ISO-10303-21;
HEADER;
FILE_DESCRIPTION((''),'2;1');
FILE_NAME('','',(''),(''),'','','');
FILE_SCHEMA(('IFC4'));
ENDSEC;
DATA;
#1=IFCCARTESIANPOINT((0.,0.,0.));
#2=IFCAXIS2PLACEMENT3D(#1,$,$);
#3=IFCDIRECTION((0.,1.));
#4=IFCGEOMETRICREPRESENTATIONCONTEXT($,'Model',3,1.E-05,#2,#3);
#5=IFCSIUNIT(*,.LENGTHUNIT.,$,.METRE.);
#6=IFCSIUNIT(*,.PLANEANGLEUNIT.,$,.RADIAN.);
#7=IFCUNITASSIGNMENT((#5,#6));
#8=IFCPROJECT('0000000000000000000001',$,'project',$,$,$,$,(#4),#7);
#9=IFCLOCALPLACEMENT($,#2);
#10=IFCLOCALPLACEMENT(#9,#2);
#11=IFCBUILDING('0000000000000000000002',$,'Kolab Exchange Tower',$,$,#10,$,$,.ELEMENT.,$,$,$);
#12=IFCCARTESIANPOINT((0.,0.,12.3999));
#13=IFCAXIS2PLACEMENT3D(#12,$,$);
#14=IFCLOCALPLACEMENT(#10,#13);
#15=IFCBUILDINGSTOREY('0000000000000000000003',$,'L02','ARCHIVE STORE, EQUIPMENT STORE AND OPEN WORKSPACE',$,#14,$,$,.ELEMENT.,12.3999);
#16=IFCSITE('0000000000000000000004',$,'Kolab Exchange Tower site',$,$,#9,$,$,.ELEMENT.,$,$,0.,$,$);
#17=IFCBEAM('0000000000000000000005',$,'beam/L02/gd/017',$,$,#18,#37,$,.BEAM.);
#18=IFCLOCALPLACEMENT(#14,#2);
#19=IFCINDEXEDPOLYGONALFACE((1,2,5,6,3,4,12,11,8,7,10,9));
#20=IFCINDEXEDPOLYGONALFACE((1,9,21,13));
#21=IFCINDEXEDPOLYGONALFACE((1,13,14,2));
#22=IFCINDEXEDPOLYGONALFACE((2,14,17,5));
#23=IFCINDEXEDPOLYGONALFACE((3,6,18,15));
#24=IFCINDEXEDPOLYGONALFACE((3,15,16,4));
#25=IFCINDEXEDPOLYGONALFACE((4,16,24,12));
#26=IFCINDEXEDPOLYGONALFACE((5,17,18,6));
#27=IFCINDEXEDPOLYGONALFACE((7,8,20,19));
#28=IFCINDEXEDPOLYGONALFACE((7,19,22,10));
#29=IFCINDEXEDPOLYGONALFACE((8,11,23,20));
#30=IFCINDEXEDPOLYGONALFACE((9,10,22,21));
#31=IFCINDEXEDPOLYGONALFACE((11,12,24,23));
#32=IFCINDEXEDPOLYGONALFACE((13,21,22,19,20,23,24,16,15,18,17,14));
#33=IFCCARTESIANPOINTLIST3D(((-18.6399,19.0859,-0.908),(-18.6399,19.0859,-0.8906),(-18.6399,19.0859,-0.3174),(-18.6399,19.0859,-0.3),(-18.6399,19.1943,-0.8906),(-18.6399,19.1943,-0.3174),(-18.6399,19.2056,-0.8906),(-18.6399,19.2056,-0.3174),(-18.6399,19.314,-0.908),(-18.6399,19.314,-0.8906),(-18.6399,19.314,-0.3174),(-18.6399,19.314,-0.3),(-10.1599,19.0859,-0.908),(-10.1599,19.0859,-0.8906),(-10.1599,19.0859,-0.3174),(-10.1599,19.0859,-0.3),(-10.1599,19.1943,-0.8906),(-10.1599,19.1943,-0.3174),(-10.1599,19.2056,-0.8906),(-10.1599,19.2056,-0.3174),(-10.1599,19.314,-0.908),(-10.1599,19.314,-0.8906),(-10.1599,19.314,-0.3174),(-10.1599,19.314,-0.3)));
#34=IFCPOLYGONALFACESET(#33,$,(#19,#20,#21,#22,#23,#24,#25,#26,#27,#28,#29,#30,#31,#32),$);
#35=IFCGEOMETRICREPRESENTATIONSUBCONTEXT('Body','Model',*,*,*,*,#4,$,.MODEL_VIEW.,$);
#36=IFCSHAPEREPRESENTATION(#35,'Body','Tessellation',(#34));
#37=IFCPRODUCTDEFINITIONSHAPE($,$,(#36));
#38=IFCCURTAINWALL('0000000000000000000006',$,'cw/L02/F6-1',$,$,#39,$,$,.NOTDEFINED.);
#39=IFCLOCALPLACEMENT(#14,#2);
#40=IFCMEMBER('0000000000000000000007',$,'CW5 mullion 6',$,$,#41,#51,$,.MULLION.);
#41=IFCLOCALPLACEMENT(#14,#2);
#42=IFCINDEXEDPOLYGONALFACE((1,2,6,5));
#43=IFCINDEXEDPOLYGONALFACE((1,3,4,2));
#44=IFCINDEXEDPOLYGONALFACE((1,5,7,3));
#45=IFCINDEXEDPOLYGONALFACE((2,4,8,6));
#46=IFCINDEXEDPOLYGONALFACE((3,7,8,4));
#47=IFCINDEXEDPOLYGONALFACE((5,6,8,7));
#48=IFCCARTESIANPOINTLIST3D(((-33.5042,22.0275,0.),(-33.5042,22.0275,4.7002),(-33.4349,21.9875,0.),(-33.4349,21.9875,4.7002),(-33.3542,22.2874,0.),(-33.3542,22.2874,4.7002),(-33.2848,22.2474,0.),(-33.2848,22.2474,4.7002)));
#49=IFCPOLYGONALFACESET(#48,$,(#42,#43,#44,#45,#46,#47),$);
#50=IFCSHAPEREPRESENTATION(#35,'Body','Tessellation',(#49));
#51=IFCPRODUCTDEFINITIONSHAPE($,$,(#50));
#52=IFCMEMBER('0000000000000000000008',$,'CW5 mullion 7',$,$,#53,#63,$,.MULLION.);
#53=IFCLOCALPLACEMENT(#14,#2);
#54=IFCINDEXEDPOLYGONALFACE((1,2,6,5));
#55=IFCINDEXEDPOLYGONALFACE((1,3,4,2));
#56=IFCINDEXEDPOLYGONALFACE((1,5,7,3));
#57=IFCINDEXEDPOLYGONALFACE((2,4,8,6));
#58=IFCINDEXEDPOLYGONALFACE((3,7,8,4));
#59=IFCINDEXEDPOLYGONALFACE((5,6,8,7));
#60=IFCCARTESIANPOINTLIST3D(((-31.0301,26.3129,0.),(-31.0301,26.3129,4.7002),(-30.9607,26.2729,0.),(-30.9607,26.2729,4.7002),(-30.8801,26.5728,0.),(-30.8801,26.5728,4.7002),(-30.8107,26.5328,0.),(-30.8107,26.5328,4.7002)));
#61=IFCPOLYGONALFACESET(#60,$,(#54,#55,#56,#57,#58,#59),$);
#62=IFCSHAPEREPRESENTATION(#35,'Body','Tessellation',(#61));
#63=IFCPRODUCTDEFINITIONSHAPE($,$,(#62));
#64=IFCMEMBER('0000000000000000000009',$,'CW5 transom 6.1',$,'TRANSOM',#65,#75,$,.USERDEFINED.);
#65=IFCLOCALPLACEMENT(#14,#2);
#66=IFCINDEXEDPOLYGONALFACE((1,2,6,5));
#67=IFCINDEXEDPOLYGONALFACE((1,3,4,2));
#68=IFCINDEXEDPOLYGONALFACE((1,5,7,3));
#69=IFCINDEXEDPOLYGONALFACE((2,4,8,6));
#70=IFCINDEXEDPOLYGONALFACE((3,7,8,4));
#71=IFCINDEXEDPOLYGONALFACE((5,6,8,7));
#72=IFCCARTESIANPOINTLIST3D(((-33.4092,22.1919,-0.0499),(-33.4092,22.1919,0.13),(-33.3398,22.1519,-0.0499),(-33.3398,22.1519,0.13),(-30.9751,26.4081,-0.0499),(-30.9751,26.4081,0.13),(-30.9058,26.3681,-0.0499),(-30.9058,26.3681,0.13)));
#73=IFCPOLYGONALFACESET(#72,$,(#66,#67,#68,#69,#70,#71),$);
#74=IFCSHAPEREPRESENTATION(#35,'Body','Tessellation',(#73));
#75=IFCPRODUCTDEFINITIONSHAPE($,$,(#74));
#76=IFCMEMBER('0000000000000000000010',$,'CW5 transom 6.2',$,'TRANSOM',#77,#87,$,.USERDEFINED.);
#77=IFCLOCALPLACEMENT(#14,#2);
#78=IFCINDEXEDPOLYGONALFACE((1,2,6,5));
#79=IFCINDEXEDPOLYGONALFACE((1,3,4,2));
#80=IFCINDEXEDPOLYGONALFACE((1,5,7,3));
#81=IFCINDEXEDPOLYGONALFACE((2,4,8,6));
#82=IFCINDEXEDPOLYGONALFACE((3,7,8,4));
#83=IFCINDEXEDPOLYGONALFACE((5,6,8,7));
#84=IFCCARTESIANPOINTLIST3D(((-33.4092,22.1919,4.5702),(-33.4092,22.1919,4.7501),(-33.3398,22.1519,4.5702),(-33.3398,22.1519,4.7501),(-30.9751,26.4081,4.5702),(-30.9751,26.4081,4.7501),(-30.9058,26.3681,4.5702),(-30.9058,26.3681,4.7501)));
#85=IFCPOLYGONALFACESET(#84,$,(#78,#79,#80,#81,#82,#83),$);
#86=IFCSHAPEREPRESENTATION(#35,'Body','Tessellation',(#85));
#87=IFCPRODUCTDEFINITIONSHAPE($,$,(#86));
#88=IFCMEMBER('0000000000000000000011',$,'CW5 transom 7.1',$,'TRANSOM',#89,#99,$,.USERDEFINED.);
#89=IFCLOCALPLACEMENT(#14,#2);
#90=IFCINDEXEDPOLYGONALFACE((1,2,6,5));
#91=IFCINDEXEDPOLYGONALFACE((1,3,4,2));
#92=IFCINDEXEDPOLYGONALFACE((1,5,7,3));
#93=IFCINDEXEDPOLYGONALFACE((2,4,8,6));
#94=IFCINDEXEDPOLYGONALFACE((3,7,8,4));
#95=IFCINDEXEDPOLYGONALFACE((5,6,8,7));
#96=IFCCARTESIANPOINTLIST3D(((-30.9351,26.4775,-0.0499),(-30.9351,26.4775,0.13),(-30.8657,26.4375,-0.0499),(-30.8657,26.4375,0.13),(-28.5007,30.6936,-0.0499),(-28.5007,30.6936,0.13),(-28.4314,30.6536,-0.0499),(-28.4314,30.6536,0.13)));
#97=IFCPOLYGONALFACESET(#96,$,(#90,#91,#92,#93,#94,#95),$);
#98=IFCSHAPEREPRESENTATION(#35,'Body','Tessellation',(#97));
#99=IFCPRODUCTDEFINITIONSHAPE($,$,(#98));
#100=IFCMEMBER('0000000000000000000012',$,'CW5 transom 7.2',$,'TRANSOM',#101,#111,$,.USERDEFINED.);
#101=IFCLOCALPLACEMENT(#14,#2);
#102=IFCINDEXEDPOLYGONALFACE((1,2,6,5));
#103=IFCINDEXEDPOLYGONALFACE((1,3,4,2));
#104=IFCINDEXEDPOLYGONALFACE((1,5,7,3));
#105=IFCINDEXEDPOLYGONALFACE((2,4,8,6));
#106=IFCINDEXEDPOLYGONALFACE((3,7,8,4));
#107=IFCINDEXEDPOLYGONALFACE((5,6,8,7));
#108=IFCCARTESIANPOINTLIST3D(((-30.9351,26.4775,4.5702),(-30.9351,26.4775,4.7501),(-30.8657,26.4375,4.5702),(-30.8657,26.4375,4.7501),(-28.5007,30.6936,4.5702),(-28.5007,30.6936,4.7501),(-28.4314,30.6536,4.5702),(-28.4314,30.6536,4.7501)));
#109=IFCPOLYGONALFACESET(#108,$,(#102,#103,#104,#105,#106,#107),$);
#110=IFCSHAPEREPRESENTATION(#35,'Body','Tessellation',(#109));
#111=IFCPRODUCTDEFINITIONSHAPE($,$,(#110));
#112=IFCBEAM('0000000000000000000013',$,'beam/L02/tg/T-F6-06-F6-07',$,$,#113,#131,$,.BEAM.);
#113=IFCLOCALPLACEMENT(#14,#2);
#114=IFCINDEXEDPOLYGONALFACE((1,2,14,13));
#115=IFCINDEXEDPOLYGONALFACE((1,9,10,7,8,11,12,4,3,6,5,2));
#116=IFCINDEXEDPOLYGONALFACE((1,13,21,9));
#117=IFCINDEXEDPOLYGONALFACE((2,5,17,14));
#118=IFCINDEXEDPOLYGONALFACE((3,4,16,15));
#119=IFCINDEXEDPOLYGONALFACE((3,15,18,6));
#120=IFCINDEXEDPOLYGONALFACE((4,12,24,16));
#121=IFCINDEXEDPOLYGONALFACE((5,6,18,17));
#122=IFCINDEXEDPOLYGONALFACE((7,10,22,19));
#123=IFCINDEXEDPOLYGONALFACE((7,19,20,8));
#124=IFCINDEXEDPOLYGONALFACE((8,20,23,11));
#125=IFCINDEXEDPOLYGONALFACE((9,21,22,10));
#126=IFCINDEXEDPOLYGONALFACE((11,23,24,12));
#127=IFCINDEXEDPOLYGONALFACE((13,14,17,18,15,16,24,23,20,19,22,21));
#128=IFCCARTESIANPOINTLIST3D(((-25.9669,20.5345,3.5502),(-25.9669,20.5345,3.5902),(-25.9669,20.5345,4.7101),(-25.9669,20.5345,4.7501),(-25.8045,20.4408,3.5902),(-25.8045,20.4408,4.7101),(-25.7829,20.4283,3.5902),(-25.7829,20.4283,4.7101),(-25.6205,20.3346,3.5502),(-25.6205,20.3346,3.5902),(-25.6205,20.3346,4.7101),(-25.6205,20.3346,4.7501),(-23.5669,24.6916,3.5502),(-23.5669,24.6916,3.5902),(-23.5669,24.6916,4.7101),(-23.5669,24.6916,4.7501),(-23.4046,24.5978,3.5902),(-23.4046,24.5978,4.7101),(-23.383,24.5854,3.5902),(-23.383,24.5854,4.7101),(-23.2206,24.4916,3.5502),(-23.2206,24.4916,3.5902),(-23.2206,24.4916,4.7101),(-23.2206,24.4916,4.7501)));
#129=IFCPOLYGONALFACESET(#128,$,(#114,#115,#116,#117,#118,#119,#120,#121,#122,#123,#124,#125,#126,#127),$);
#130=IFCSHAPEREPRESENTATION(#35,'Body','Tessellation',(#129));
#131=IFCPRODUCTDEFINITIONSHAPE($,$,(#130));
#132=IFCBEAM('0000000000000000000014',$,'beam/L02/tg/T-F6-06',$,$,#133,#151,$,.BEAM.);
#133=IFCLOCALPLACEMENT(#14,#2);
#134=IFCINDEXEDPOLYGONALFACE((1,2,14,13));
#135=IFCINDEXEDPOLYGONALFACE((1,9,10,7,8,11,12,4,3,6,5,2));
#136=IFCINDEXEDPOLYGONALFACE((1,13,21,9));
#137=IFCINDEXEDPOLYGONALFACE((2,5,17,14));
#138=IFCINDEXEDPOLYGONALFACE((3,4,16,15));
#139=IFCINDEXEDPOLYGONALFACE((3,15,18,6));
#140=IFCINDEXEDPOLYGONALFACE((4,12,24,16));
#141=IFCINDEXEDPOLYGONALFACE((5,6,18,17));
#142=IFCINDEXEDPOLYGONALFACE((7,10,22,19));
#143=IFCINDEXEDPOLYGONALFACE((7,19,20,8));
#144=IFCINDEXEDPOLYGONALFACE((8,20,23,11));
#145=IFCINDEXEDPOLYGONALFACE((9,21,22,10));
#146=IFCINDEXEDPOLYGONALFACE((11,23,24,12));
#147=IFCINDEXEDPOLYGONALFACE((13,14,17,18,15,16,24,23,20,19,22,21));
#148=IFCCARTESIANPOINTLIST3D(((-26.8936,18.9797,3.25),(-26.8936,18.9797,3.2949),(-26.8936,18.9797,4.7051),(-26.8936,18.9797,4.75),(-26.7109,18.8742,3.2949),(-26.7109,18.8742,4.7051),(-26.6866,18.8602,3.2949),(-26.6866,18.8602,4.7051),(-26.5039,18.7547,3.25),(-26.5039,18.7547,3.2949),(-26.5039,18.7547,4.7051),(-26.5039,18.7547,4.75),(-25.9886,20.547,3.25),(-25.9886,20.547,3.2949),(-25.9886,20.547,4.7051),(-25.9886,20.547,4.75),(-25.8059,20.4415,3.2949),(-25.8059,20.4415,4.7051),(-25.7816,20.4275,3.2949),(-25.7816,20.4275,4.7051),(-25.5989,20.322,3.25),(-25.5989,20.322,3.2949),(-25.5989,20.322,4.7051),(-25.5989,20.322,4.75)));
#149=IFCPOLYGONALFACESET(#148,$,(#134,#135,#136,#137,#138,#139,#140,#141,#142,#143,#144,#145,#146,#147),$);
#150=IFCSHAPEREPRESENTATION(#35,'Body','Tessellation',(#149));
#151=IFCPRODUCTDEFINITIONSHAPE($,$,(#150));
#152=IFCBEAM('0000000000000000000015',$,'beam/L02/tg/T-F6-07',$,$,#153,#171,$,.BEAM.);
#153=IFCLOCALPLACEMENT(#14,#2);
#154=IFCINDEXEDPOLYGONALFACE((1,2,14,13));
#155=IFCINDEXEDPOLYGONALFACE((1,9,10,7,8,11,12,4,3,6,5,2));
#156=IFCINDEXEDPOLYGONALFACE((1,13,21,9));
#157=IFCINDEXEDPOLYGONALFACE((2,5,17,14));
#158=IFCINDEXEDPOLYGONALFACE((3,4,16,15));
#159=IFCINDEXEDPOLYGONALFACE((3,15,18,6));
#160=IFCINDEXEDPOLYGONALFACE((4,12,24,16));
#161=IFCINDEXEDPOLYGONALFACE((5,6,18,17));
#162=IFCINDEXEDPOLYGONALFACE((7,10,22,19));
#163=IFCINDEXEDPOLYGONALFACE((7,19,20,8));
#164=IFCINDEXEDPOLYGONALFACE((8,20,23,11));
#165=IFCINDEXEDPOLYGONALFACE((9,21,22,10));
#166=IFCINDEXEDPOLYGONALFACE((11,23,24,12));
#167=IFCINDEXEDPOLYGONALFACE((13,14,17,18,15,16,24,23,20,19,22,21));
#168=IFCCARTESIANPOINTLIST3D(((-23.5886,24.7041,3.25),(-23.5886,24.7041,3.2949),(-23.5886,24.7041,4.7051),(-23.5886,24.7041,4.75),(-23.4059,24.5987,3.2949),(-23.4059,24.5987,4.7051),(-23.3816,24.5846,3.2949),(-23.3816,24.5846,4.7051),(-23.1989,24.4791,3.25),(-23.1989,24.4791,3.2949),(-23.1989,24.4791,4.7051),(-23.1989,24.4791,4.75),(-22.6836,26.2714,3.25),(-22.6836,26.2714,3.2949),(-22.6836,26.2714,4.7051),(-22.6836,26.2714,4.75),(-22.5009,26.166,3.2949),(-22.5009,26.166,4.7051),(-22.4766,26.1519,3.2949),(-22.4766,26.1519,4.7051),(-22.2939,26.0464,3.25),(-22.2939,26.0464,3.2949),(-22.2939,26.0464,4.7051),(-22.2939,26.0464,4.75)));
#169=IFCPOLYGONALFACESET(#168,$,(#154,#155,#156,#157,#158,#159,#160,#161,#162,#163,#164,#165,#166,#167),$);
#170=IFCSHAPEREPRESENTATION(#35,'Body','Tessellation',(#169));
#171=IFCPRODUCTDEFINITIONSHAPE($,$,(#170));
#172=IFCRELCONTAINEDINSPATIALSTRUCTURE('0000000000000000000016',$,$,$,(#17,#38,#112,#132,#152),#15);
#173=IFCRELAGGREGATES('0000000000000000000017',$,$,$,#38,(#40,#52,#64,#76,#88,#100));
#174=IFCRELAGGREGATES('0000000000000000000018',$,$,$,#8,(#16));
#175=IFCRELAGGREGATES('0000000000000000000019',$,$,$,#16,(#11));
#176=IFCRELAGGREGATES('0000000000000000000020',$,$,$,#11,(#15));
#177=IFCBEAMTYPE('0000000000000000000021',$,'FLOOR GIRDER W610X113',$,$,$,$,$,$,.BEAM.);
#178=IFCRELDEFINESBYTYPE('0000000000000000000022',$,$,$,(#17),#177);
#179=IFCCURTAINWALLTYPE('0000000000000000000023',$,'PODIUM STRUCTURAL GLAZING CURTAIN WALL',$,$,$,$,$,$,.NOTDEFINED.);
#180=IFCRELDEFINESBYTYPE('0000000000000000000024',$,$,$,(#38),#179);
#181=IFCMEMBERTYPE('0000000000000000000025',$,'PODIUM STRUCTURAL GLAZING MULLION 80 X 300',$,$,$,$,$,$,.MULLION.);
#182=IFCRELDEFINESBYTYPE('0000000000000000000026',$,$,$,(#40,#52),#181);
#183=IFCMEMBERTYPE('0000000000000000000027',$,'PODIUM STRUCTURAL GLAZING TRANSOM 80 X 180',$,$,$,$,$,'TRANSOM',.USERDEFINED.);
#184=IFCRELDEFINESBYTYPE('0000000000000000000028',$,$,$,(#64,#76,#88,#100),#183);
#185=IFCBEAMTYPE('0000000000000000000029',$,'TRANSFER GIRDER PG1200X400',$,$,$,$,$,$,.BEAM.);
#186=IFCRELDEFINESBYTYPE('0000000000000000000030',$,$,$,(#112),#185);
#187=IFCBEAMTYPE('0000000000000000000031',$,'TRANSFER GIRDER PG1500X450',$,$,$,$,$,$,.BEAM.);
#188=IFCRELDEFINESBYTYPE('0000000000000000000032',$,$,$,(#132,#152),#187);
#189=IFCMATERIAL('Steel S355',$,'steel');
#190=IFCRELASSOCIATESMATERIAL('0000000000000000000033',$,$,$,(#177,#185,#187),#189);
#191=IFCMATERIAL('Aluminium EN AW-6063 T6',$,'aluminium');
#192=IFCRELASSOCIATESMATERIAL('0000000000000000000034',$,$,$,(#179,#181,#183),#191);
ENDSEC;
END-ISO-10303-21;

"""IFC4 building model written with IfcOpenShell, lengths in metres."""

from ifc_helpers import new_model, si_unit, direction, frame, origin, origin_2d, place, context, subcontext, project, spatial, rectangle, i_section, extrude, material, material_profile, profile_set, type_object, element, aggregate, save


model = new_model("IFC4")

# Units and contexts
model_context = context("Model", 3, precision=1e-05, world=origin(), true_north=direction((0.0, 1.0)))
body_context = subcontext(model_context, "Body", "Model", "MODEL_VIEW")
ifc_project = project(units=[si_unit("LENGTHUNIT", "METRE"), si_unit("PLANEANGLEUNIT", "RADIAN")], contexts=[model_context])

# Site, building, storey
site_placement = place(None, origin())
site = spatial("IfcSite", under=ifc_project, at=site_placement, Name="Kolab Exchange Tower site", CompositionType="ELEMENT", RefElevation=0.0)
building_placement = place(site_placement, origin())
building = spatial("IfcBuilding", under=site, at=building_placement, Name="Kolab Exchange Tower", CompositionType="ELEMENT")
storey_placement = place(building_placement, frame((0.0, 0.0, 12.3999)))
storey = spatial("IfcBuildingStorey", under=building, at=storey_placement, Name="L02", Description="ARCHIVE STORE, EQUIPMENT STORE AND OPEN WORKSPACE", CompositionType="ELEMENT", Elevation=12.3999)

# Beam
ifc_material_1 = material(Name="Steel S355", Category="steel")
ifc_material_profile_1 = material_profile(ifc_material_1, i_section(OverallWidth=0.228, OverallDepth=0.6079, WebThickness=0.0112, FlangeThickness=0.0173, at=origin_2d()), Name="W610X113")
ifc_profile_set_1 = profile_set([ifc_material_profile_1], Name="Steel S355")
beam_type_1 = type_object("IfcBeamType", Name="FLOOR GIRDER W610X113", PredefinedType="BEAM", material=ifc_profile_set_1)
beam_1_placement = place(storey_placement, frame((-18.6399, 19.2, -0.604), z_axis=(1.0, 0.0, 0.0), x_axis=(0.0, 1.0, 0.0)))
element("IfcBeam", 1, at=beam_1_placement, inside=storey, type_object=beam_type_1, Name="beam/L02/gd/017", PredefinedType="BEAM", context=body_context, shape_type="SweptSolid", body=[
    extrude(i_section(OverallWidth=0.228, OverallDepth=0.6079, WebThickness=0.0112, FlangeThickness=0.0173, at=origin_2d()), origin(), (0.0, 0.0, 1.0), 8.48),
])

# Curtain wall, members
ifc_material_2 = material(Name="Aluminium EN AW-6063 T6", Category="aluminium")
curtain_wall_type = type_object("IfcCurtainWallType", Name="PODIUM STRUCTURAL GLAZING CURTAIN WALL", PredefinedType="NOTDEFINED", material=ifc_material_2)
curtain_wall_placement = place(storey_placement, origin())
curtain_wall = element("IfcCurtainWall", 2, at=curtain_wall_placement, inside=storey, type_object=curtain_wall_type, Name="cw/L02/F6-1", PredefinedType="NOTDEFINED")
ifc_material_profile_2 = material_profile(ifc_material_2, rectangle(XDim=0.0801, YDim=0.3, at=origin_2d()), Name="RECT 80X300")
ifc_profile_set_2 = profile_set([ifc_material_profile_2], Name="Aluminium EN AW-6063 T6")
member_type_1 = type_object("IfcMemberType", Name="PODIUM STRUCTURAL GLAZING MULLION 80 X 300", PredefinedType="MULLION", material=ifc_profile_set_2)
member_1_placement = place(storey_placement, frame((-33.3945, 22.1375, 0.0), z_axis=(0.0, 0.0, 1.0), x_axis=(-0.866025, 0.5, 0.0)))
member_1 = element("IfcMember", 3, at=member_1_placement, type_object=member_type_1, Name="CW5 mullion 6", PredefinedType="MULLION", context=body_context, shape_type="SweptSolid", body=[
    extrude(rectangle(XDim=0.0801, YDim=0.3, at=origin_2d()), origin(), (0.0, 0.0, 1.0), 4.7002),
])
member_2_placement = place(storey_placement, frame((-30.9204, 26.4229, 0.0), z_axis=(0.0, 0.0, 1.0), x_axis=(-0.866025, 0.5, 0.0)))
member_2 = element("IfcMember", 4, at=member_2_placement, type_object=member_type_1, Name="CW5 mullion 7", PredefinedType="MULLION", context=body_context, shape_type="SweptSolid", body=[
    extrude(rectangle(XDim=0.0801, YDim=0.3, at=origin_2d()), origin(), (0.0, 0.0, 1.0), 4.7002),
])
ifc_material_profile_3 = material_profile(ifc_material_2, rectangle(XDim=0.0801, YDim=0.1799, at=origin_2d()), Name="RECT 80X180")
ifc_profile_set_3 = profile_set([ifc_material_profile_3], Name="Aluminium EN AW-6063 T6")
member_type_2 = type_object("IfcMemberType", Name="PODIUM STRUCTURAL GLAZING TRANSOM 80 X 180", ElementType="TRANSOM", PredefinedType="USERDEFINED", material=ifc_profile_set_3)
member_3_placement = place(storey_placement, frame((-33.3745, 22.1719, 0.04), z_axis=(0.499968, 0.866044, 0.0), x_axis=(-0.866044, 0.499968, 0.0)))
member_3 = element("IfcMember", 5, at=member_3_placement, type_object=member_type_2, Name="CW5 transom 6.1", ObjectType="TRANSOM", PredefinedType="USERDEFINED", context=body_context, shape_type="SweptSolid", body=[
    extrude(rectangle(XDim=0.0801, YDim=0.1799, at=origin_2d()), origin(), (0.0, 0.0, 1.0), 4.8684),
])
member_4_placement = place(storey_placement, frame((-33.3745, 22.1719, 4.6602), z_axis=(0.499968, 0.866044, 0.0), x_axis=(-0.866044, 0.499968, 0.0)))
member_4 = element("IfcMember", 6, at=member_4_placement, type_object=member_type_2, Name="CW5 transom 6.2", ObjectType="TRANSOM", PredefinedType="USERDEFINED", context=body_context, shape_type="SweptSolid", body=[
    extrude(rectangle(XDim=0.0801, YDim=0.1799, at=origin_2d()), origin(), (0.0, 0.0, 1.0), 4.8684),
])
member_5_placement = place(storey_placement, frame((-30.9004, 26.4575, 0.04), z_axis=(0.500028, 0.866009, 0.0), x_axis=(-0.866009, 0.500028, 0.0)))
member_5 = element("IfcMember", 7, at=member_5_placement, type_object=member_type_2, Name="CW5 transom 7.1", ObjectType="TRANSOM", PredefinedType="USERDEFINED", context=body_context, shape_type="SweptSolid", body=[
    extrude(rectangle(XDim=0.0801, YDim=0.1799, at=origin_2d()), origin(), (0.0, 0.0, 1.0), 4.8684),
])
member_6_placement = place(storey_placement, frame((-30.9004, 26.4575, 4.6602), z_axis=(0.500028, 0.866009, 0.0), x_axis=(-0.866009, 0.500028, 0.0)))
member_6 = element("IfcMember", 8, at=member_6_placement, type_object=member_type_2, Name="CW5 transom 7.2", ObjectType="TRANSOM", PredefinedType="USERDEFINED", context=body_context, shape_type="SweptSolid", body=[
    extrude(rectangle(XDim=0.0801, YDim=0.1799, at=origin_2d()), origin(), (0.0, 0.0, 1.0), 4.8684),
])

# Beams
ifc_material_profile_4 = material_profile(ifc_material_1, i_section(OverallWidth=0.3999, OverallDepth=1.2, WebThickness=0.0249, FlangeThickness=0.04, at=origin_2d()), Name="PG1200X400")
ifc_profile_set_4 = profile_set([ifc_material_profile_4], Name="Steel S355")
beam_type_2 = type_object("IfcBeamType", Name="TRANSFER GIRDER PG1200X400", PredefinedType="BEAM", material=ifc_profile_set_4)
beam_2_placement = place(storey_placement, frame((-25.7937, 20.4346, 4.1501), z_axis=(0.499979, 0.866037, 0.0), x_axis=(-0.866037, 0.499979, 0.0)))
element("IfcBeam", 9, at=beam_2_placement, inside=storey, type_object=beam_type_2, Name="beam/L02/tg/T-F6-06-F6-07", PredefinedType="BEAM", context=body_context, shape_type="SweptSolid", body=[
    extrude(i_section(OverallWidth=0.3999, OverallDepth=1.2, WebThickness=0.0249, FlangeThickness=0.04, at=origin_2d()), origin(), (0.0, 0.0, 1.0), 4.8),
])
ifc_material_profile_5 = material_profile(ifc_material_1, i_section(OverallWidth=0.45, OverallDepth=1.5, WebThickness=0.0281, FlangeThickness=0.0449, at=origin_2d()), Name="PG1500X450")
ifc_profile_set_5 = profile_set([ifc_material_profile_5], Name="Steel S355")
beam_type_3 = type_object("IfcBeamType", Name="TRANSFER GIRDER PG1500X450", PredefinedType="BEAM", material=ifc_profile_set_5)
for number, where, z_axis, x_axis, name in (
    (10, (-26.6987, 18.8672, 4.0), (0.500042, 0.866001, 0.0), (-0.866001, 0.500042, 0.0), "beam/L02/tg/T-F6-06"),
    (11, (-22.4888, 26.1589, 4.0), (-0.500042, -0.866001, 0.0), (0.866001, -0.500042, 0.0), "beam/L02/tg/T-F6-07"),
):
    element("IfcBeam", number, at=place(storey_placement, frame(where, z_axis=z_axis, x_axis=x_axis)), inside=storey, type_object=beam_type_3, Name=name, PredefinedType="BEAM", context=body_context, shape_type="SweptSolid", body=[
        extrude(i_section(OverallWidth=0.45, OverallDepth=1.5, WebThickness=0.0281, FlangeThickness=0.0449, at=origin_2d()), origin(), (0.0, 0.0, 1.0), 1.8098),
    ])

aggregate(curtain_wall, [member_1, member_2, member_3, member_4, member_5, member_6])

save(model, "model.ifc")
